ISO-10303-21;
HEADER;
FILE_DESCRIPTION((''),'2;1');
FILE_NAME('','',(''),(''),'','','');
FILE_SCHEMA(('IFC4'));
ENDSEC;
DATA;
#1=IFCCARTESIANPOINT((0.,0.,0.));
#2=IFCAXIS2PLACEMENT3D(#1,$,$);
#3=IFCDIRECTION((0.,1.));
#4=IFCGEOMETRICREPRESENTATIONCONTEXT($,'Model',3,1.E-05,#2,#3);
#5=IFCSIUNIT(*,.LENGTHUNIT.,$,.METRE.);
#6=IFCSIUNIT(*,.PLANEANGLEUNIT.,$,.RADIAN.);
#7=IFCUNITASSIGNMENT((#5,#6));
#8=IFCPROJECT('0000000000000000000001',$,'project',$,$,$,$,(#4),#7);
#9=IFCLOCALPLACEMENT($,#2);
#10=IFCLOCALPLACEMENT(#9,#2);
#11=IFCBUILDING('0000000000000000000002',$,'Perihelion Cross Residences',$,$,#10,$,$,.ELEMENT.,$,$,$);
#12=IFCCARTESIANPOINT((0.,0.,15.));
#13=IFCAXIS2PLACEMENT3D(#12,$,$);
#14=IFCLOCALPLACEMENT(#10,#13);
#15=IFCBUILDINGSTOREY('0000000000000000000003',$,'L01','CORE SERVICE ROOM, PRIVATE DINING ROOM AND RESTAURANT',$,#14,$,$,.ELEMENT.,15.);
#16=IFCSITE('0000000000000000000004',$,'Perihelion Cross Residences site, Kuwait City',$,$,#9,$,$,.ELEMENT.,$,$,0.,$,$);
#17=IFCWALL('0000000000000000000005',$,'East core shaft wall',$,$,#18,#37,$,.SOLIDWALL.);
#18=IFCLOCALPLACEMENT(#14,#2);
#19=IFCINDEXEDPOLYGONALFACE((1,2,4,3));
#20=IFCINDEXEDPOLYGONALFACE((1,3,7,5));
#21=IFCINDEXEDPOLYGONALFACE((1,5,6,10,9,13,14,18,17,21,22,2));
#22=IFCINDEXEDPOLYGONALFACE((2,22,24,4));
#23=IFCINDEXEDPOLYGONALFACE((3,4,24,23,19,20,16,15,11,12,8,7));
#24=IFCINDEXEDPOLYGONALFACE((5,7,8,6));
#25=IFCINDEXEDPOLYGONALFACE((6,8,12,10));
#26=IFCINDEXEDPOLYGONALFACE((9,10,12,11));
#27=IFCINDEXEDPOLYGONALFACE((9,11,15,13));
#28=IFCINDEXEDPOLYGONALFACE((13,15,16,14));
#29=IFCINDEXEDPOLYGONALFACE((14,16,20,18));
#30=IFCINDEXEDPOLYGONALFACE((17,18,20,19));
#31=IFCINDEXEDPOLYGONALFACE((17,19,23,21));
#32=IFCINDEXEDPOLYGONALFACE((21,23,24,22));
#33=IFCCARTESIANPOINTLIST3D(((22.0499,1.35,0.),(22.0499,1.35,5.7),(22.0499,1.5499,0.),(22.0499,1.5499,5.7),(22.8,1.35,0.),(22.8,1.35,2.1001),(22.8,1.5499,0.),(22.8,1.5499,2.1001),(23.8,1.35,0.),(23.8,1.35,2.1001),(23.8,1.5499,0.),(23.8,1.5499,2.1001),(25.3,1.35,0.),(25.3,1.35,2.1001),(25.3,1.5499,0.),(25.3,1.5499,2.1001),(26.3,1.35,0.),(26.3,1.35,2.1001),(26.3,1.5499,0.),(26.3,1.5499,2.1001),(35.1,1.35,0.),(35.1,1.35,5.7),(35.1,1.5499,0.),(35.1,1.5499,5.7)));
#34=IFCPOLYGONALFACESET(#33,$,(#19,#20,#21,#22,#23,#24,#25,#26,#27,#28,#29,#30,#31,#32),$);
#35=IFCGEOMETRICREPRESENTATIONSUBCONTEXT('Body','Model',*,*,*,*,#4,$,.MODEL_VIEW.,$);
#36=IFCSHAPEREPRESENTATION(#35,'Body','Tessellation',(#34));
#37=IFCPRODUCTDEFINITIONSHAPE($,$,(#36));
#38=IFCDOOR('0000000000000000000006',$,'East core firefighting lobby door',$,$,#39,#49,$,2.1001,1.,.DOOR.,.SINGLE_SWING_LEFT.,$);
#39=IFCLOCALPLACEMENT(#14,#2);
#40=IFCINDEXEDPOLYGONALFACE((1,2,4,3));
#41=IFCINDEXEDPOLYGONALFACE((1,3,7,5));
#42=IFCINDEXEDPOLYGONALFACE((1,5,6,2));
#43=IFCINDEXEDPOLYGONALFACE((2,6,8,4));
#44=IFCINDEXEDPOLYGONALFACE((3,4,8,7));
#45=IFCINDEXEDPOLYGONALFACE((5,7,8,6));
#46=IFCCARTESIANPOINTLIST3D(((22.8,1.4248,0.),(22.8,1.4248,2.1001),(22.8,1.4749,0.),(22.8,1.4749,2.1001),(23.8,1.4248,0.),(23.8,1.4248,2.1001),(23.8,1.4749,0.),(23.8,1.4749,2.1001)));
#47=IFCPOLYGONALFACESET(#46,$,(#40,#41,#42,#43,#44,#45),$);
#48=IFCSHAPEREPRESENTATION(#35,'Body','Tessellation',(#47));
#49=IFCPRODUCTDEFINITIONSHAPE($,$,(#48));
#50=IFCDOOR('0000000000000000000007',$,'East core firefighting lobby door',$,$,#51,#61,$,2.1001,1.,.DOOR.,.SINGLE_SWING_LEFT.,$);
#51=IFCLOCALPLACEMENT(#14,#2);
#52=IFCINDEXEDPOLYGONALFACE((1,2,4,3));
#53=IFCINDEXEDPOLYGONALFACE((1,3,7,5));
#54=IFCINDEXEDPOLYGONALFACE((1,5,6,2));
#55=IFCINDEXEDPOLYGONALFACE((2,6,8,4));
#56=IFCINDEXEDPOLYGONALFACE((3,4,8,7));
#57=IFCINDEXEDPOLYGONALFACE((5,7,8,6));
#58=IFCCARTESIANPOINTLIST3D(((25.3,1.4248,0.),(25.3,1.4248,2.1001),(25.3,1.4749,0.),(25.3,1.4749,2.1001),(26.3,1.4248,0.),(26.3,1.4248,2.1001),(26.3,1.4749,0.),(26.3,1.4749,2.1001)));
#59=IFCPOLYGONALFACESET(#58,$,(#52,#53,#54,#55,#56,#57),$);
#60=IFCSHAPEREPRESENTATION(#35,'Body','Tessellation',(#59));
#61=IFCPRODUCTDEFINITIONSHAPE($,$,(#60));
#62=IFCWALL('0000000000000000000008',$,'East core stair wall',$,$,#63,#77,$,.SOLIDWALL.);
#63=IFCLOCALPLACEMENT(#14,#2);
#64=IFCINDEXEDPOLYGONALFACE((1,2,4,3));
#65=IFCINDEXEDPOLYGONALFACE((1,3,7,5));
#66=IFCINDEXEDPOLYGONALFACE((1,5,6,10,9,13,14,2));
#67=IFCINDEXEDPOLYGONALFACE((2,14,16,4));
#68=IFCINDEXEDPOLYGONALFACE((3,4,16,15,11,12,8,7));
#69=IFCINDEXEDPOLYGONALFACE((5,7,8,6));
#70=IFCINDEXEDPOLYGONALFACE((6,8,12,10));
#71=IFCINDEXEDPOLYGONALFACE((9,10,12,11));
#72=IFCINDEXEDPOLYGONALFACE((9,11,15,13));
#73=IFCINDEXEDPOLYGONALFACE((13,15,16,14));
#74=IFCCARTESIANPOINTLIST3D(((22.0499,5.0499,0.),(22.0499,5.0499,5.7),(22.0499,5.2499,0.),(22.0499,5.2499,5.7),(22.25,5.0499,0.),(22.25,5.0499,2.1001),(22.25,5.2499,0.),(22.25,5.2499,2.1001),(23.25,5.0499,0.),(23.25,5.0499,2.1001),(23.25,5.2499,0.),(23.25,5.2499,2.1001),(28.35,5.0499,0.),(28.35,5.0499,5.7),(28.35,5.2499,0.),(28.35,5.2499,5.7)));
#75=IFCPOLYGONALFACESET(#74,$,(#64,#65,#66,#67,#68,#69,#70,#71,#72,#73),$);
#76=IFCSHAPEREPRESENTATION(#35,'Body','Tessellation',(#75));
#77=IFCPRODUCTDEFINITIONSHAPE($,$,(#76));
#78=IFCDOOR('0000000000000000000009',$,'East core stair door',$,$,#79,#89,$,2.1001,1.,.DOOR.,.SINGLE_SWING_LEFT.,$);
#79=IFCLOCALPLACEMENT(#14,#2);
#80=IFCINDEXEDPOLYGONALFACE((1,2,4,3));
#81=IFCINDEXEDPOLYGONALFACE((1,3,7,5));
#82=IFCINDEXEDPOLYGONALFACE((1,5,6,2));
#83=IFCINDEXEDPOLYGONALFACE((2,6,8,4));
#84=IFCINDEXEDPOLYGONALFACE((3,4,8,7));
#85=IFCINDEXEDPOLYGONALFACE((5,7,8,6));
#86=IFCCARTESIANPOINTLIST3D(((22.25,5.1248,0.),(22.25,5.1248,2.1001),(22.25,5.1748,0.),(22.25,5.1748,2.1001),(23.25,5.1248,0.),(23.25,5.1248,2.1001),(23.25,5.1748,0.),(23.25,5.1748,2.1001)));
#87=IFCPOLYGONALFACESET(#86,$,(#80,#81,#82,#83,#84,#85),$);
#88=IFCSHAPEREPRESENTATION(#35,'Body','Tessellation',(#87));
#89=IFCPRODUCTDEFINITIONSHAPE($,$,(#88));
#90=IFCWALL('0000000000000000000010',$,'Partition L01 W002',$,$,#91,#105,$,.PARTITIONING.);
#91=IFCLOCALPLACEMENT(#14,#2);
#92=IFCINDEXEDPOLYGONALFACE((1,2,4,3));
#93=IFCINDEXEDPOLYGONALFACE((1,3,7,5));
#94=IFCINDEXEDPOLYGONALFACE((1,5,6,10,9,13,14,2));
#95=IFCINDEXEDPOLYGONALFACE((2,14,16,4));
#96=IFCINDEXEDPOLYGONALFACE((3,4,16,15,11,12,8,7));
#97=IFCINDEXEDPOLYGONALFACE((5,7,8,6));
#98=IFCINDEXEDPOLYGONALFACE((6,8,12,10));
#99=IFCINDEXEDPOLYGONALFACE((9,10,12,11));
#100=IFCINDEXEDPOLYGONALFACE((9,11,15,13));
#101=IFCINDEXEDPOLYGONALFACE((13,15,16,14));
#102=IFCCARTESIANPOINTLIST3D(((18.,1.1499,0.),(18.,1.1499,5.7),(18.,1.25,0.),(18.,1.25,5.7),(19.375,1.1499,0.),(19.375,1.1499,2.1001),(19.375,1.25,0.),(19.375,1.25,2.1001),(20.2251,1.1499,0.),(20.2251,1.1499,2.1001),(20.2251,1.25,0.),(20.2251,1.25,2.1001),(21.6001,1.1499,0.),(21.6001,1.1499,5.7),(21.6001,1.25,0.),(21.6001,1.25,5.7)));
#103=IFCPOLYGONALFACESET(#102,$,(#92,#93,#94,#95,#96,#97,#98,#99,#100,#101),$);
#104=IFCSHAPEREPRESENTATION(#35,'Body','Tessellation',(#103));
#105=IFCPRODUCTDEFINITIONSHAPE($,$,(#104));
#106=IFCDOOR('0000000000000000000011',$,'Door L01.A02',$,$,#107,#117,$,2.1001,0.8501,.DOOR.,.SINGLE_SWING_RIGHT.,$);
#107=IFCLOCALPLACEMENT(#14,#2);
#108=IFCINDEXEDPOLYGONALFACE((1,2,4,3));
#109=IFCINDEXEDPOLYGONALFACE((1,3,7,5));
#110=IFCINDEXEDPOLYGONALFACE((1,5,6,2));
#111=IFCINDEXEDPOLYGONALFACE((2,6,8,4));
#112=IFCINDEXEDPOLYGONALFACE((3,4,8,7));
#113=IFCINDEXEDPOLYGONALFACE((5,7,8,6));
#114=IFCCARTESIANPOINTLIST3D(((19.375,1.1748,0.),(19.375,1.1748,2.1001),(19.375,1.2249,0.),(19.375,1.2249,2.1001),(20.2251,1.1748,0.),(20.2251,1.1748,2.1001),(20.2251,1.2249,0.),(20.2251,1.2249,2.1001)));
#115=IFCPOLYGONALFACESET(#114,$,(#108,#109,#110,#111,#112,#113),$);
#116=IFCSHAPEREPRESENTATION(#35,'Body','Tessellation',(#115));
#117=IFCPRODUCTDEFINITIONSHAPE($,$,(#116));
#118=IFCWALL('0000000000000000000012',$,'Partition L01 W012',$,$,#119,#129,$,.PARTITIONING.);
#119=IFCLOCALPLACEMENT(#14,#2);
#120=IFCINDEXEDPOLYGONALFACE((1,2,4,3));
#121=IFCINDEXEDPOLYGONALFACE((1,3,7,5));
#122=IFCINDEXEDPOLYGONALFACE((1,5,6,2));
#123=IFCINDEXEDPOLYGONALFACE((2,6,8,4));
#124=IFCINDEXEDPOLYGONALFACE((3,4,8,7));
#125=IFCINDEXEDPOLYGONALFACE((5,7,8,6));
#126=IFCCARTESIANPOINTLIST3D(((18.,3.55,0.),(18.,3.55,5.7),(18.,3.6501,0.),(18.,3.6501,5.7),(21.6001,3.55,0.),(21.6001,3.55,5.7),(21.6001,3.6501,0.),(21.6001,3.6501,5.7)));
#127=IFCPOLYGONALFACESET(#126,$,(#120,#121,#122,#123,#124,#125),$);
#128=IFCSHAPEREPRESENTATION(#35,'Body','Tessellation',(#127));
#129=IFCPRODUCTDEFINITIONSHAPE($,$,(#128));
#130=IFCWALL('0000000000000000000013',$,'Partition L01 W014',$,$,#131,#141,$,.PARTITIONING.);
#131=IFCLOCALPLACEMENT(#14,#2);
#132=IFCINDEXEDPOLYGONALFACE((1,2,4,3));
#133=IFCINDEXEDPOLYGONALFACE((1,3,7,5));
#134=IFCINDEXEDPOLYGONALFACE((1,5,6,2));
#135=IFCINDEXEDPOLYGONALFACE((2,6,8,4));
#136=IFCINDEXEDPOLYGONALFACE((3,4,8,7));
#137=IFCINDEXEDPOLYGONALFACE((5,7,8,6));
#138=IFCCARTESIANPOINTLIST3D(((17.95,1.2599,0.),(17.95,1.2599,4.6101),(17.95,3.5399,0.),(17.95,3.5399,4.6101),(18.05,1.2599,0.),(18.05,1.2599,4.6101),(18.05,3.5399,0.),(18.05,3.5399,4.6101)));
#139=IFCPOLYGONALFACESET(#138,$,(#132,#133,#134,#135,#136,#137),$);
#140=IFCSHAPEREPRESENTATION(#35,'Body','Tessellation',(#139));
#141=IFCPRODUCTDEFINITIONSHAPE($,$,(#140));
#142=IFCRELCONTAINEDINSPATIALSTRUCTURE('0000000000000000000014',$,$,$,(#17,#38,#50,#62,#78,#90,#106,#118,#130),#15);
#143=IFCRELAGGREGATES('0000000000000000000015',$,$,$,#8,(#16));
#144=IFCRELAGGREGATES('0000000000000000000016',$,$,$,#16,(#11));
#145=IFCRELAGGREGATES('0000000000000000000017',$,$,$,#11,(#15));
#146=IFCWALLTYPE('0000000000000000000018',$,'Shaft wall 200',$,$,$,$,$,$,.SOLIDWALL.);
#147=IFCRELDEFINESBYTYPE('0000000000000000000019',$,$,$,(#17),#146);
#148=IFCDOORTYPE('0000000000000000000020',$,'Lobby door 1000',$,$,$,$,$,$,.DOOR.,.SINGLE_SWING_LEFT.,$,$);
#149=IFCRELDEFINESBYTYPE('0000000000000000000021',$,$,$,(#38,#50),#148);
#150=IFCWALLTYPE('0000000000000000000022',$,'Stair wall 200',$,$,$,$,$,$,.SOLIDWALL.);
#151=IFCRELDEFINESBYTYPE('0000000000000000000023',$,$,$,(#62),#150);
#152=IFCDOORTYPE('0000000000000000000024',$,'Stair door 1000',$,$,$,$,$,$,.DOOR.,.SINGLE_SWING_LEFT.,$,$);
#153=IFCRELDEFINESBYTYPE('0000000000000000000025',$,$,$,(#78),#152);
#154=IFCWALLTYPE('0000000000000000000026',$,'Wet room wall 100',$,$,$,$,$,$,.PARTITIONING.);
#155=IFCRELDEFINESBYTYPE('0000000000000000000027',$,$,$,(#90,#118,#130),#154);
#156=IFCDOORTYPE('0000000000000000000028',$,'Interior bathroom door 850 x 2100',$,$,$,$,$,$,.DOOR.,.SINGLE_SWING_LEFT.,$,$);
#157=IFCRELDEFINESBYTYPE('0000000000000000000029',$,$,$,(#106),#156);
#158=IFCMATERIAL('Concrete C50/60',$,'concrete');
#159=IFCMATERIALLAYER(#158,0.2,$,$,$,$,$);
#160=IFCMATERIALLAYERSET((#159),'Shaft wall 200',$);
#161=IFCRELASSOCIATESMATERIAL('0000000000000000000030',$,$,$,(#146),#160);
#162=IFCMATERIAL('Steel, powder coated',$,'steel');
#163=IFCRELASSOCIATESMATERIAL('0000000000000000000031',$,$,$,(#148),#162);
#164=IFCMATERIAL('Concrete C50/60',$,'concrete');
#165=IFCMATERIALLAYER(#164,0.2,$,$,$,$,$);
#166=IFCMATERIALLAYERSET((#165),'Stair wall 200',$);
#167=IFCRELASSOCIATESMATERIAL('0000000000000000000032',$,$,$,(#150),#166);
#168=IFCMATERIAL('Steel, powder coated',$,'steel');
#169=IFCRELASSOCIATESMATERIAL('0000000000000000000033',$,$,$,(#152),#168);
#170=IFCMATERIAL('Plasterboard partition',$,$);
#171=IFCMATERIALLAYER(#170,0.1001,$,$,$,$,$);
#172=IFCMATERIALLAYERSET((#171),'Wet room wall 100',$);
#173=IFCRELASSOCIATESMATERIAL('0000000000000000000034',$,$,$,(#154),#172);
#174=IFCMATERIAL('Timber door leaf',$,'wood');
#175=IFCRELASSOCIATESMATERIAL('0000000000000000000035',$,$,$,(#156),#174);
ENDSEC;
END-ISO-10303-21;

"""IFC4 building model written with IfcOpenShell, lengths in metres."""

from ifc_helpers import new_model, si_unit, direction, frame, frame_2d, origin, place, context, subcontext, project, spatial, rectangle, extrude, material, layer, layer_set, type_object, element, fill, save


model = new_model("IFC4")

# Units and contexts
model_context = context("Model", 3, precision=1e-05, world=origin(), true_north=direction((0.0, 1.0)))
body_context = subcontext(model_context, "Body", "Model", "MODEL_VIEW")
ifc_project = project(units=[si_unit("LENGTHUNIT", "METRE"), si_unit("PLANEANGLEUNIT", "RADIAN")], contexts=[model_context])

# Site, building, storey
site_placement = place(None, origin())
site = spatial("IfcSite", under=ifc_project, at=site_placement, Name="Perihelion Cross Residences site, Kuwait City", CompositionType="ELEMENT", RefElevation=0.0)
building_placement = place(site_placement, origin())
building = spatial("IfcBuilding", under=site, at=building_placement, Name="Perihelion Cross Residences", CompositionType="ELEMENT")
storey_placement = place(building_placement, frame((0.0, 0.0, 15.0)))
storey = spatial("IfcBuildingStorey", under=building, at=storey_placement, Name="L01", Description="CORE SERVICE ROOM, PRIVATE DINING ROOM AND RESTAURANT", CompositionType="ELEMENT", Elevation=15.0)

# Wall, openings, doors
ifc_material_1 = material(Name="Concrete C50/60", Category="concrete")
ifc_layer_1 = layer(ifc_material_1, 0.2)
ifc_layer_set_1 = layer_set([ifc_layer_1], Name="Shaft wall 200")
wall_type_1 = type_object("IfcWallType", Name="Shaft wall 200", PredefinedType="SOLIDWALL", material=ifc_layer_set_1)
wall_1_placement = place(storey_placement, frame((22.05, 1.45, 0.0), z_axis=(0.0, 0.0, 1.0), x_axis=(1.0, 0.0, 0.0)))
wall_1 = element("IfcWall", 1, at=wall_1_placement, inside=storey, type_object=wall_type_1, Name="East core shaft wall", PredefinedType="SOLIDWALL", context=body_context, shape_type="SweptSolid", body=[
    extrude(rectangle(XDim=13.05, YDim=0.2, at=frame_2d((6.5249, 0.0))), origin(), (0.0, 0.0, 1.0), 5.7),
])
opening_1_placement = place(wall_1_placement, frame((0.75, 0.0, 0.0)))
opening_1 = element("IfcOpeningElement", 2, at=opening_1_placement, cuts=wall_1, PredefinedType="OPENING", context=body_context, shape_type="SweptSolid", body=[
    extrude(rectangle(XDim=1.0, YDim=2.1001, at=frame_2d((0.5, 1.05))), frame((0.0, 0.1099, 0.0), z_axis=(0.0, -1.0, 0.0), x_axis=(1.0, 0.0, 0.0)), (0.0, 0.0, 1.0), 0.22),
])
opening_2_placement = place(wall_1_placement, frame((3.25, 0.0, 0.0)))
opening_2 = element("IfcOpeningElement", 3, at=opening_2_placement, cuts=wall_1, PredefinedType="OPENING", context=body_context, shape_type="SweptSolid", body=[
    extrude(rectangle(XDim=1.0, YDim=2.1001, at=frame_2d((0.5, 1.05))), frame((0.0, 0.1099, 0.0), z_axis=(0.0, -1.0, 0.0), x_axis=(1.0, 0.0, 0.0)), (0.0, 0.0, 1.0), 0.22),
])
ifc_material_2 = material(Name="Steel, powder coated", Category="steel")
door_type_1 = type_object("IfcDoorType", Name="Lobby door 1000", OperationType="SINGLE_SWING_LEFT", PredefinedType="DOOR", material=ifc_material_2)
door_1_placement = place(opening_1_placement, origin())
door_1 = element("IfcDoor", 4, at=door_1_placement, inside=storey, type_object=door_type_1, Name="East core firefighting lobby door", OperationType="SINGLE_SWING_LEFT", OverallHeight=2.1001, OverallWidth=1.0, PredefinedType="DOOR", context=body_context, shape_type="SweptSolid", body=[
    extrude(rectangle(XDim=1.0, YDim=2.1001, at=frame_2d((0.5, 1.05))), frame((0.0, 0.0249, 0.0), z_axis=(0.0, -1.0, 0.0), x_axis=(1.0, 0.0, 0.0)), (0.0, 0.0, 1.0), 0.05),
])
fill(opening_1, door_1)
door_2_placement = place(opening_2_placement, origin())
door_2 = element("IfcDoor", 5, at=door_2_placement, inside=storey, type_object=door_type_1, Name="East core firefighting lobby door", OperationType="SINGLE_SWING_LEFT", OverallHeight=2.1001, OverallWidth=1.0, PredefinedType="DOOR", context=body_context, shape_type="SweptSolid", body=[
    extrude(rectangle(XDim=1.0, YDim=2.1001, at=frame_2d((0.5, 1.05))), frame((0.0, 0.0249, 0.0), z_axis=(0.0, -1.0, 0.0), x_axis=(1.0, 0.0, 0.0)), (0.0, 0.0, 1.0), 0.05),
])
fill(opening_2, door_2)

# Walls, openings, doors
ifc_material_3 = material(Name="Concrete C50/60", Category="concrete")
ifc_layer_2 = layer(ifc_material_3, 0.2)
ifc_layer_set_2 = layer_set([ifc_layer_2], Name="Stair wall 200")
wall_type_2 = type_object("IfcWallType", Name="Stair wall 200", PredefinedType="SOLIDWALL", material=ifc_layer_set_2)
wall_2_placement = place(storey_placement, frame((22.05, 5.1499, 0.0), z_axis=(0.0, 0.0, 1.0), x_axis=(1.0, 0.0, 0.0)))
wall_2 = element("IfcWall", 6, at=wall_2_placement, inside=storey, type_object=wall_type_2, Name="East core stair wall", PredefinedType="SOLIDWALL", context=body_context, shape_type="SweptSolid", body=[
    extrude(rectangle(XDim=6.3, YDim=0.2, at=frame_2d((3.1499, 0.0))), origin(), (0.0, 0.0, 1.0), 5.7),
])
opening_3_placement = place(wall_2_placement, frame((0.2, 0.0, 0.0)))
opening_3 = element("IfcOpeningElement", 7, at=opening_3_placement, cuts=wall_2, PredefinedType="OPENING", context=body_context, shape_type="SweptSolid", body=[
    extrude(rectangle(XDim=1.0, YDim=2.1001, at=frame_2d((0.5, 1.05))), frame((0.0, 0.1099, 0.0), z_axis=(0.0, -1.0, 0.0), x_axis=(1.0, 0.0, 0.0)), (0.0, 0.0, 1.0), 0.22),
])
ifc_material_4 = material(Name="Steel, powder coated", Category="steel")
door_type_2 = type_object("IfcDoorType", Name="Stair door 1000", OperationType="SINGLE_SWING_LEFT", PredefinedType="DOOR", material=ifc_material_4)
door_3_placement = place(opening_3_placement, origin())
door_3 = element("IfcDoor", 8, at=door_3_placement, inside=storey, type_object=door_type_2, Name="East core stair door", OperationType="SINGLE_SWING_LEFT", OverallHeight=2.1001, OverallWidth=1.0, PredefinedType="DOOR", context=body_context, shape_type="SweptSolid", body=[
    extrude(rectangle(XDim=1.0, YDim=2.1001, at=frame_2d((0.5, 1.05))), frame((0.0, 0.0249, 0.0), z_axis=(0.0, -1.0, 0.0), x_axis=(1.0, 0.0, 0.0)), (0.0, 0.0, 1.0), 0.05),
])
fill(opening_3, door_3)
ifc_material_5 = material(Name="Plasterboard partition")
ifc_layer_3 = layer(ifc_material_5, 0.1001)
ifc_layer_set_3 = layer_set([ifc_layer_3], Name="Wet room wall 100")
wall_type_3 = type_object("IfcWallType", Name="Wet room wall 100", PredefinedType="PARTITIONING", material=ifc_layer_set_3)
wall_3_placement = place(storey_placement, frame((18.0, 1.2, 0.0), z_axis=(0.0, 0.0, 1.0), x_axis=(1.0, 0.0, 0.0)))
wall_3 = element("IfcWall", 9, at=wall_3_placement, inside=storey, type_object=wall_type_3, Name="Partition L01 W002", PredefinedType="PARTITIONING", context=body_context, shape_type="SweptSolid", body=[
    extrude(rectangle(XDim=3.6001, YDim=0.1001, at=frame_2d((1.8, 0.0))), origin(), (0.0, 0.0, 1.0), 5.7),
])
opening_4_placement = place(wall_3_placement, frame((1.375, 0.0, 0.0)))
opening_4 = element("IfcOpeningElement", 10, at=opening_4_placement, cuts=wall_3, PredefinedType="OPENING", context=body_context, shape_type="SweptSolid", body=[
    extrude(rectangle(XDim=0.8501, YDim=2.1001, at=frame_2d((0.425, 1.05))), frame((0.0, 0.0601, 0.0), z_axis=(0.0, -1.0, 0.0), x_axis=(1.0, 0.0, 0.0)), (0.0, 0.0, 1.0), 0.1201),
])
ifc_material_6 = material(Name="Timber door leaf", Category="wood")
door_type_3 = type_object("IfcDoorType", Name="Interior bathroom door 850 x 2100", OperationType="SINGLE_SWING_LEFT", PredefinedType="DOOR", material=ifc_material_6)
door_4_placement = place(opening_4_placement, origin())
door_4 = element("IfcDoor", 11, at=door_4_placement, inside=storey, type_object=door_type_3, Name="Door L01.A02", OperationType="SINGLE_SWING_RIGHT", OverallHeight=2.1001, OverallWidth=0.8501, PredefinedType="DOOR", context=body_context, shape_type="SweptSolid", body=[
    extrude(rectangle(XDim=0.8501, YDim=2.1001, at=frame_2d((0.425, 1.05))), frame((0.0, 0.0249, 0.0), z_axis=(0.0, -1.0, 0.0), x_axis=(1.0, 0.0, 0.0)), (0.0, 0.0, 1.0), 0.05),
])
fill(opening_4, door_4)

# Walls
wall_4_placement = place(storey_placement, frame((21.6001, 3.6001, 0.0), z_axis=(0.0, 0.0, 1.0), x_axis=(-1.0, 0.0, 0.0)))
element("IfcWall", 12, at=wall_4_placement, inside=storey, type_object=wall_type_3, Name="Partition L01 W012", PredefinedType="PARTITIONING", context=body_context, shape_type="SweptSolid", body=[
    extrude(rectangle(XDim=3.6001, YDim=0.1001, at=frame_2d((1.8, 0.0))), origin(), (0.0, 0.0, 1.0), 5.7),
])
wall_5_placement = place(storey_placement, frame((18.0, 3.54, 0.0), z_axis=(0.0, 0.0, 1.0), x_axis=(0.0, -1.0, 0.0)))
element("IfcWall", 13, at=wall_5_placement, inside=storey, type_object=wall_type_3, Name="Partition L01 W014", PredefinedType="PARTITIONING", context=body_context, shape_type="SweptSolid", body=[
    extrude(rectangle(XDim=2.28, YDim=0.1001, at=frame_2d((1.1401, 0.0))), origin(), (0.0, 0.0, 1.0), 4.6101),
])

save(model, "model.ifc")
